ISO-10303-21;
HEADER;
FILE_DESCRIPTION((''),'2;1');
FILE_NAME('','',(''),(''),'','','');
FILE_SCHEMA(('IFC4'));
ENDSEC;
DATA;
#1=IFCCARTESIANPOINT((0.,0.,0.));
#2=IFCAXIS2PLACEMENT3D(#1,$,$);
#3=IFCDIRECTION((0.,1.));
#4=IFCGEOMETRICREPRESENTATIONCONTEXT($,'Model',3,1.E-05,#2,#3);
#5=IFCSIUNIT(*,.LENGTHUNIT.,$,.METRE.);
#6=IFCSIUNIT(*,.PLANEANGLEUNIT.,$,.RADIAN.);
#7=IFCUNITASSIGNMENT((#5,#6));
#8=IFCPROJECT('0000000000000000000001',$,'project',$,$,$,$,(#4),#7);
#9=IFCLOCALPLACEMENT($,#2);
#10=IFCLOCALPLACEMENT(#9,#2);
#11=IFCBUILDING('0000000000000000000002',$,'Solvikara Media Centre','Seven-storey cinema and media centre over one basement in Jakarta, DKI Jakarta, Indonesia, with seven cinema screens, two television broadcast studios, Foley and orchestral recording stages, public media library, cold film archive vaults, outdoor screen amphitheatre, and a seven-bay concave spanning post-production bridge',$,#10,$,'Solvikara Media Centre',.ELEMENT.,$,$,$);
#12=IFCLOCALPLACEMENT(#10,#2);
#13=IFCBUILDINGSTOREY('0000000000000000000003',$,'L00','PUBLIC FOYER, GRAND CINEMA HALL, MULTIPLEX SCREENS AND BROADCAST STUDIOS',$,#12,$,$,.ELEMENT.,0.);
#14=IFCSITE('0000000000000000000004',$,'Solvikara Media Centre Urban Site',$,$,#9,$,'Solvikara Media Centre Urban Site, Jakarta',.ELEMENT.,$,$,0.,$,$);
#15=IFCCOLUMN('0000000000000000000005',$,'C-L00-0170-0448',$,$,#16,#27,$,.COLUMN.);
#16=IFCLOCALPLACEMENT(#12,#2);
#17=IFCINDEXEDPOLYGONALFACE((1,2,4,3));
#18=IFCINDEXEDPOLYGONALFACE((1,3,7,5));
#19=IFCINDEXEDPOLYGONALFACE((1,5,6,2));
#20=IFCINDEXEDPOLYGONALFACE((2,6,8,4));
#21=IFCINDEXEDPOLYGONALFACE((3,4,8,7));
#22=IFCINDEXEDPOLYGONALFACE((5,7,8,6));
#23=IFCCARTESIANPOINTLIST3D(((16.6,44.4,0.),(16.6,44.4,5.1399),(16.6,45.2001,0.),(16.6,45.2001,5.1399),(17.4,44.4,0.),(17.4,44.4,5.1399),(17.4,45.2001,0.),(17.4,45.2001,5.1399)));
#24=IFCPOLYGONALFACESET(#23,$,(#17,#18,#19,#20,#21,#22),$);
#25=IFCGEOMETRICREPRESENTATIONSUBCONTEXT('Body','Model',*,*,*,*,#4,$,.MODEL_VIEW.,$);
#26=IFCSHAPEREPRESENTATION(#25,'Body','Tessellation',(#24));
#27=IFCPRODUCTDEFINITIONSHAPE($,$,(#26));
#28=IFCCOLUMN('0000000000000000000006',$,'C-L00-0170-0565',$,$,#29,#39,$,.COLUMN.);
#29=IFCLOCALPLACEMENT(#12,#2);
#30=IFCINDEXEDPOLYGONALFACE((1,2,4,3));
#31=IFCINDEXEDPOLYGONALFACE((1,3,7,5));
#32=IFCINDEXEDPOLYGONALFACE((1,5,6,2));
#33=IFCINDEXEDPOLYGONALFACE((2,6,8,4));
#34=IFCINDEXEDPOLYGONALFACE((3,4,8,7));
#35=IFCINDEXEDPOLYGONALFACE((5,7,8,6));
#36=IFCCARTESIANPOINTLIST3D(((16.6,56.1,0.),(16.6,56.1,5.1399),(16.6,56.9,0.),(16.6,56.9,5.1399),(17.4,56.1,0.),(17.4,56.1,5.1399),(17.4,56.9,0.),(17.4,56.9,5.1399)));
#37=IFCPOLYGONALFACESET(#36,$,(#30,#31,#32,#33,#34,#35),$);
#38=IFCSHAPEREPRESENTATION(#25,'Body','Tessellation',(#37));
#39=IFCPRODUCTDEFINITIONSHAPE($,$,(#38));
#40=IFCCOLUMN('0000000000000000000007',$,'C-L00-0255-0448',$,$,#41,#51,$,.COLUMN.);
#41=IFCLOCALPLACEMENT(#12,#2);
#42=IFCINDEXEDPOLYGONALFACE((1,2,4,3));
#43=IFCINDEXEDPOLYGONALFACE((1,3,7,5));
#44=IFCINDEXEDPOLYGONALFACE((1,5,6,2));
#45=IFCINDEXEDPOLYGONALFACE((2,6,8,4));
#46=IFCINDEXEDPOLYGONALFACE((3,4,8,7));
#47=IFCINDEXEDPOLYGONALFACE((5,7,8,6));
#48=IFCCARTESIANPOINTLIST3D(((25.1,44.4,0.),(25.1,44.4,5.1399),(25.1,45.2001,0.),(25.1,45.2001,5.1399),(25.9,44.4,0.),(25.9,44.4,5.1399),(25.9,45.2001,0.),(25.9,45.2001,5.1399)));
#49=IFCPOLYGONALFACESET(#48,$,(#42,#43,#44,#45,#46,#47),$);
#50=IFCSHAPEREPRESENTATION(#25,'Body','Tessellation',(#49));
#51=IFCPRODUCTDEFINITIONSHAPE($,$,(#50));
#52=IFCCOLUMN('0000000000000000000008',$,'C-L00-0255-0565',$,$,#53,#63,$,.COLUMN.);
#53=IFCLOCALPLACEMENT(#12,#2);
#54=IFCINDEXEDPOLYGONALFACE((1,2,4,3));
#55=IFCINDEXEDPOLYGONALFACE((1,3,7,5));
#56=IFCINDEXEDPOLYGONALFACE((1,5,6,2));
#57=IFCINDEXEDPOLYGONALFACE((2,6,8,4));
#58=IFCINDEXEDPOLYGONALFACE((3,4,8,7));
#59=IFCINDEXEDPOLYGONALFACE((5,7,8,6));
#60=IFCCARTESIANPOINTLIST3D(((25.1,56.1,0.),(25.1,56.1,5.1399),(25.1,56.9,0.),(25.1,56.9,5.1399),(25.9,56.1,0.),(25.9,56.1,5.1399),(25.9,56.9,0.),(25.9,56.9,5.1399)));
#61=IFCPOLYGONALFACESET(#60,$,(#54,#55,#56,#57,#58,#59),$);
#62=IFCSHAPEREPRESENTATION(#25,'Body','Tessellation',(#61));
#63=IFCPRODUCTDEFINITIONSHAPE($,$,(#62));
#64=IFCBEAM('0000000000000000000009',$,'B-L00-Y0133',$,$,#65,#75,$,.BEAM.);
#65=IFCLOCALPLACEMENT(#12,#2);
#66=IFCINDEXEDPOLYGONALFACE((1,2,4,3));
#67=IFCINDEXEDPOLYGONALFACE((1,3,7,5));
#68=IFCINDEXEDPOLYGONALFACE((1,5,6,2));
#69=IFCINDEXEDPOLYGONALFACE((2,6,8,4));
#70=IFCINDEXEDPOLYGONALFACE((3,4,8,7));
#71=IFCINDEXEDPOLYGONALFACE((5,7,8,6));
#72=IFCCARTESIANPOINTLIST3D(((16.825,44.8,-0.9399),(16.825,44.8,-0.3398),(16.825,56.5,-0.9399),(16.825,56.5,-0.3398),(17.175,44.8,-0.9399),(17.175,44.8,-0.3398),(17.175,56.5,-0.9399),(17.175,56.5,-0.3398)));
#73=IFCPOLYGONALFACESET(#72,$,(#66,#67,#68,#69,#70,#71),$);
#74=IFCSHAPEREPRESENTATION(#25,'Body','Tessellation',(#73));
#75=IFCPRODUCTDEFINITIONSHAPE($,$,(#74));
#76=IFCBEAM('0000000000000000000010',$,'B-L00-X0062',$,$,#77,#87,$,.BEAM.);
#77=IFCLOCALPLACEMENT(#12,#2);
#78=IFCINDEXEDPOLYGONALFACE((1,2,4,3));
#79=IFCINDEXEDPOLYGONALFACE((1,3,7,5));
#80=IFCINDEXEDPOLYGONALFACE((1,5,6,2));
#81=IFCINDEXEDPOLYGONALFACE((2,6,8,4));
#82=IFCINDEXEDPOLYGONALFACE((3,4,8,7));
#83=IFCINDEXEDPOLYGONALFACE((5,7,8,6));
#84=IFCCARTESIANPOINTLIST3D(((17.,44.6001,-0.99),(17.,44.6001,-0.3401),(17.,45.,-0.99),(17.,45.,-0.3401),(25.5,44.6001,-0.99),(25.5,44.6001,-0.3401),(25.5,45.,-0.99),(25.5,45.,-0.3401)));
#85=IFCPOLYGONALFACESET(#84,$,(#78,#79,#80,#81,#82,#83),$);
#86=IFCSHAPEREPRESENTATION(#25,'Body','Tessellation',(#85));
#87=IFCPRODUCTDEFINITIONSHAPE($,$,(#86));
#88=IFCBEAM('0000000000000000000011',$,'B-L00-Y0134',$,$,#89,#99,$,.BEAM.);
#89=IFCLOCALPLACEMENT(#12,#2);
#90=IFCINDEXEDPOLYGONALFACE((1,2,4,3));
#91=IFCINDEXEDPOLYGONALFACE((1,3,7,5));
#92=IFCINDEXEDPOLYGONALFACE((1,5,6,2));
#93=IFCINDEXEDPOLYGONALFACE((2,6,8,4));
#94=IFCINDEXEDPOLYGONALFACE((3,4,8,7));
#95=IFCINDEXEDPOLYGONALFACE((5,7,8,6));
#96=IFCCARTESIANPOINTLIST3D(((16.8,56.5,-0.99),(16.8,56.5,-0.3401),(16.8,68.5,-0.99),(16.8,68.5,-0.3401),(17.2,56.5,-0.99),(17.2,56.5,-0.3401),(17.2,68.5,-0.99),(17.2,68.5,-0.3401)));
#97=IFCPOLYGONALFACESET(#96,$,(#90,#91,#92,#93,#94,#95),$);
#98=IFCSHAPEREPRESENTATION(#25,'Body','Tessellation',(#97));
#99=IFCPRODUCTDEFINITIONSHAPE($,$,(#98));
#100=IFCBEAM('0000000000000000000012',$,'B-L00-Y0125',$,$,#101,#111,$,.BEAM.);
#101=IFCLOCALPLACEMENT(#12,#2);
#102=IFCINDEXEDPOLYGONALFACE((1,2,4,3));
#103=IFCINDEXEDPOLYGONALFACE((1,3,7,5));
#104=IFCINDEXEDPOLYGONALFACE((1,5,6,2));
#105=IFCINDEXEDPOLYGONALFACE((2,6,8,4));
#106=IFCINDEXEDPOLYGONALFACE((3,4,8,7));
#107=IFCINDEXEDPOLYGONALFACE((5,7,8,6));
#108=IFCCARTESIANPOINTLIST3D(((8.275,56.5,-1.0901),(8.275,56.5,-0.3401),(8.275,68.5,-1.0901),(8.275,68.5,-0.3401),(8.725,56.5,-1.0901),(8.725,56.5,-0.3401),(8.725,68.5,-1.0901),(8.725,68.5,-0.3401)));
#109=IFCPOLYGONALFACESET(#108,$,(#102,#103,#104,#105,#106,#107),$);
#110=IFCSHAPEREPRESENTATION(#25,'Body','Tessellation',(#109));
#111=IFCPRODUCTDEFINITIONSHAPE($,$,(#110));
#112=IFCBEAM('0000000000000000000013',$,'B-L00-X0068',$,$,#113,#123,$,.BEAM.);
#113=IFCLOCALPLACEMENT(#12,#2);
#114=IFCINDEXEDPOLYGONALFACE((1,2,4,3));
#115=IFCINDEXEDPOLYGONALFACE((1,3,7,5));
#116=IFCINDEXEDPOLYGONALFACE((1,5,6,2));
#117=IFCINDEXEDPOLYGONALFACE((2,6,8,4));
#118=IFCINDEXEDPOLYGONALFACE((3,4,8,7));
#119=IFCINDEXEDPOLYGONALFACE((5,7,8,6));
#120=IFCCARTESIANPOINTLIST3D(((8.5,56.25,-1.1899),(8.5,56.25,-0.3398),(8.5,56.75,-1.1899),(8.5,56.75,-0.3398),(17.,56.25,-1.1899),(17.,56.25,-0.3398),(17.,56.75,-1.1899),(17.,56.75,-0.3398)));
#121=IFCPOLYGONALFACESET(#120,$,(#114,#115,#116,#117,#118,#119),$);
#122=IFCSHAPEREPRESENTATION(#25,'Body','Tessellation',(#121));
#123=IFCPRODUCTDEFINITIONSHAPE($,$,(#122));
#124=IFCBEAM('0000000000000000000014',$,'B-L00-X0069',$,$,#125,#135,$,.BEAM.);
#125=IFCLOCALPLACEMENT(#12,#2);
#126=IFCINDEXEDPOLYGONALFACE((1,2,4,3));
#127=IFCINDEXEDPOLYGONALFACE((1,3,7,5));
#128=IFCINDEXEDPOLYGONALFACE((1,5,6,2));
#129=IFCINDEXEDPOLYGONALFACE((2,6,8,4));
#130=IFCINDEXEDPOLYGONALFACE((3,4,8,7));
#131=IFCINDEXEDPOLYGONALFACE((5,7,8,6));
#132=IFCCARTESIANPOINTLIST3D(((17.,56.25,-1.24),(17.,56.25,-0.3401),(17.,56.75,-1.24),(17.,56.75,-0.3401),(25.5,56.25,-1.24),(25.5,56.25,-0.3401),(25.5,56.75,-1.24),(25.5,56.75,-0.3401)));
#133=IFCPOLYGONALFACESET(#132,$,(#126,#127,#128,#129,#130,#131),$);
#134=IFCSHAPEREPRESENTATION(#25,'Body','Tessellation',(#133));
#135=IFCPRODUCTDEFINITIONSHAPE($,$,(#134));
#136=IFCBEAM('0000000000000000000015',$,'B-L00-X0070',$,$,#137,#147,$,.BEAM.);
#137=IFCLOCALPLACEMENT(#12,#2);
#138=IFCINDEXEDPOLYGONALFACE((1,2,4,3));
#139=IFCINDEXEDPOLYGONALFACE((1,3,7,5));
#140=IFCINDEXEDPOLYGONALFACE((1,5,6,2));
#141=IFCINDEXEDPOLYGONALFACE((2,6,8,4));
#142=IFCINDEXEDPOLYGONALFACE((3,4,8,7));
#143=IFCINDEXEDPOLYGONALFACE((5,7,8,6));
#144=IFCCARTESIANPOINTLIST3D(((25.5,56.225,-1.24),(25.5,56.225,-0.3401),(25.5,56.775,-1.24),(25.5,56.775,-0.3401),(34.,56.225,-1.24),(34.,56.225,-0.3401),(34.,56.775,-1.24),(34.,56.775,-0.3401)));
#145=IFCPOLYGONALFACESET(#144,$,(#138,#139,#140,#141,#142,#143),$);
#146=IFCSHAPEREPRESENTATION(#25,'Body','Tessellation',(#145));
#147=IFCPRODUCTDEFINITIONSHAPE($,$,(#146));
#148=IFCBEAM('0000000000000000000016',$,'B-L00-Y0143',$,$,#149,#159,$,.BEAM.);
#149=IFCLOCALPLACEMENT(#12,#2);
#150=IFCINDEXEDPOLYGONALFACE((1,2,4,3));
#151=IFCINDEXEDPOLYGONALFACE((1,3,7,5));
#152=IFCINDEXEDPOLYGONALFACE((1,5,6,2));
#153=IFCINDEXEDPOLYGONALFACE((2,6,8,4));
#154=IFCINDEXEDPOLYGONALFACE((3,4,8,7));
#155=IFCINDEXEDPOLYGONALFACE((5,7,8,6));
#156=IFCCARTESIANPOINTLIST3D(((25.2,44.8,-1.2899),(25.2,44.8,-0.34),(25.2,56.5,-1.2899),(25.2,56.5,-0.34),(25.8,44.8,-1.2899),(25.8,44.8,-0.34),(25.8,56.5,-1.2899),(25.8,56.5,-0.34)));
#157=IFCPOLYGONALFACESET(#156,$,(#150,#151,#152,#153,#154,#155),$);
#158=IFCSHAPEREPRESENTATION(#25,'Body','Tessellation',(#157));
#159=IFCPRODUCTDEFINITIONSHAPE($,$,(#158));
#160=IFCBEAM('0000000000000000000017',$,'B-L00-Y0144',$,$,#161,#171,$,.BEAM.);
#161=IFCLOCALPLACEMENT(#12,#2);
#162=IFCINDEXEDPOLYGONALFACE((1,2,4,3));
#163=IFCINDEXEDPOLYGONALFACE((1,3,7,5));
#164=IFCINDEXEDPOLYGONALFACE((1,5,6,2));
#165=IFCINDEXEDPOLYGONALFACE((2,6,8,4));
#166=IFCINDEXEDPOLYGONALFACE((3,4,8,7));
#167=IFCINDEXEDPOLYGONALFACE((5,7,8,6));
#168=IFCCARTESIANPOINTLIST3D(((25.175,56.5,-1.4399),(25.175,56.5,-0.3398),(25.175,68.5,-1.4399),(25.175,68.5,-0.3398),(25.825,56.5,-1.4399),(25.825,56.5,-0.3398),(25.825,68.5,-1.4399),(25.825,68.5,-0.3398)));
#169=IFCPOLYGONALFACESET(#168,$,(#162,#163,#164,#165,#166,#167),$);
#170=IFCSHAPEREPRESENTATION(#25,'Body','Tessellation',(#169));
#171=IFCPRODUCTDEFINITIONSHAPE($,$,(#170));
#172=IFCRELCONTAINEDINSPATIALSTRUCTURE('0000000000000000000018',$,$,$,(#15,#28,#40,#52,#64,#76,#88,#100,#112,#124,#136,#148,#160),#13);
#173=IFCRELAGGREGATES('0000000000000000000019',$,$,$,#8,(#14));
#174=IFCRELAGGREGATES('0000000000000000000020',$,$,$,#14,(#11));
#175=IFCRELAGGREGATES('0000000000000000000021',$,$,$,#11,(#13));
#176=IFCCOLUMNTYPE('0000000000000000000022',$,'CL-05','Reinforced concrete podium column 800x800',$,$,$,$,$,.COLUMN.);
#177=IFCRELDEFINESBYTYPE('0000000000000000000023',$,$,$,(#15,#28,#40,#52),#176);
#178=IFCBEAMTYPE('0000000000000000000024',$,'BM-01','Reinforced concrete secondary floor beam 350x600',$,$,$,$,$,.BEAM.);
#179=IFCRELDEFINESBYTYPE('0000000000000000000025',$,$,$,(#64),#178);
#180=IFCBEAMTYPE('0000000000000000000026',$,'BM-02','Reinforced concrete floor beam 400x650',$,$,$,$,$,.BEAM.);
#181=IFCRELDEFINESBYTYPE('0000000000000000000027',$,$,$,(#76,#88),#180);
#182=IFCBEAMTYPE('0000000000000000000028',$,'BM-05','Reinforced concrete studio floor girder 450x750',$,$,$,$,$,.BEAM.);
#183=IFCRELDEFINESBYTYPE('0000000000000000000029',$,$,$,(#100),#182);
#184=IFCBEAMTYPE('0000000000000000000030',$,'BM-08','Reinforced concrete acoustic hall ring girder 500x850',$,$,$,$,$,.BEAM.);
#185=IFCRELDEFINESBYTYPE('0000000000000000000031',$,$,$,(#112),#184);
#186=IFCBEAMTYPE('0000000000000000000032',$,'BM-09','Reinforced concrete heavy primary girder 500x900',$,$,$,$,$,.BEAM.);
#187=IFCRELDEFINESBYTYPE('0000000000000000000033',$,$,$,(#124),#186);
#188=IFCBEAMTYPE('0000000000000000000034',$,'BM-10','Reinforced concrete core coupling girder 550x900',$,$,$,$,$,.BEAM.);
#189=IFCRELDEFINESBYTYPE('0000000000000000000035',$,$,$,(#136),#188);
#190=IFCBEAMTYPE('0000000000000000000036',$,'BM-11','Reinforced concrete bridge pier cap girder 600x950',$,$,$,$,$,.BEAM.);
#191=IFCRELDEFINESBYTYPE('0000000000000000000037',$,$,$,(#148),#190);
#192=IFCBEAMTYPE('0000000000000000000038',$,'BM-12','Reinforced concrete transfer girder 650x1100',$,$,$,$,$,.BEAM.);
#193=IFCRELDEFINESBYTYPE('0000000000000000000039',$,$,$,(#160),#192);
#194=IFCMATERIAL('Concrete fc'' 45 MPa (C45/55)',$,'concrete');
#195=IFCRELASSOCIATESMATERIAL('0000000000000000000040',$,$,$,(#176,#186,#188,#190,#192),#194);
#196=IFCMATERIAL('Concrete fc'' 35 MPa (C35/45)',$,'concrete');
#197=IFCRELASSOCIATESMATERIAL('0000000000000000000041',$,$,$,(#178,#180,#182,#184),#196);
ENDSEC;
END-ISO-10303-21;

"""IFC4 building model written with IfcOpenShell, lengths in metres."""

from ifc_helpers import new_model, si_unit, direction, frame, origin, origin_2d, place, context, subcontext, project, spatial, rectangle, extrude, material, material_profile, profile_set, type_object, element, save


model = new_model("IFC4")

# Units and contexts
model_context = context("Model", 3, precision=1e-05, world=origin(), true_north=direction((0.0, 1.0)))
body_context = subcontext(model_context, "Body", "Model", "MODEL_VIEW")
ifc_project = project(units=[si_unit("LENGTHUNIT", "METRE"), si_unit("PLANEANGLEUNIT", "RADIAN")], contexts=[model_context])

# Site, building, storey
site_placement = place(None, origin())
site = spatial("IfcSite", under=ifc_project, at=site_placement, Name="Solvikara Media Centre Urban Site", LongName="Solvikara Media Centre Urban Site, Jakarta", CompositionType="ELEMENT", RefElevation=0.0)
building_placement = place(site_placement, origin())
building = spatial("IfcBuilding", under=site, at=building_placement, Name="Solvikara Media Centre", Description="Seven-storey cinema and media centre over one basement in Jakarta, DKI Jakarta, Indonesia, with seven cinema screens, two television broadcast studios, Foley and orchestral recording stages, public media library, cold film archive vaults, outdoor screen amphitheatre, and a seven-bay concave spanning post-production bridge", LongName="Solvikara Media Centre", CompositionType="ELEMENT")
storey_placement = place(building_placement, origin())
storey = spatial("IfcBuildingStorey", under=building, at=storey_placement, Name="L00", Description="PUBLIC FOYER, GRAND CINEMA HALL, MULTIPLEX SCREENS AND BROADCAST STUDIOS", CompositionType="ELEMENT", Elevation=0.0)

# Columns
ifc_material_1 = material(Name="Concrete fc' 45 MPa (C45/55)", Category="concrete")
ifc_material_profile_1 = material_profile(ifc_material_1, rectangle(XDim=0.8, YDim=0.8, at=origin_2d()), Name="RC 800x800")
ifc_profile_set_1 = profile_set([ifc_material_profile_1], Name="Concrete fc' 45 MPa (C45/55)")
column_type = type_object("IfcColumnType", Name="CL-05", Description="Reinforced concrete podium column 800x800", PredefinedType="COLUMN", material=ifc_profile_set_1)
for number, where, z_axis, x_axis, name in (
    (1, (17.0, 44.8, 0.0), (0.0, 0.0, 1.0), (1.0, 0.0, 0.0), "C-L00-0170-0448"),
    (2, (17.0, 56.5, 0.0), (0.0, 0.0, 1.0), (1.0, 0.0, 0.0), "C-L00-0170-0565"),
    (3, (25.5, 44.8, 0.0), (0.0, 0.0, 1.0), (1.0, 0.0, 0.0), "C-L00-0255-0448"),
    (4, (25.5, 56.5, 0.0), (0.0, 0.0, 1.0), (1.0, 0.0, 0.0), "C-L00-0255-0565"),
):
    element("IfcColumn", number, at=place(storey_placement, frame(where, z_axis=z_axis, x_axis=x_axis)), inside=storey, type_object=column_type, Name=name, PredefinedType="COLUMN", context=body_context, shape_type="SweptSolid", body=[
        extrude(rectangle(XDim=0.8, YDim=0.8, at=origin_2d()), origin(), (0.0, 0.0, 1.0), 5.1399),
    ])

# Beams
ifc_material_2 = material(Name="Concrete fc' 35 MPa (C35/45)", Category="concrete")
ifc_material_profile_2 = material_profile(ifc_material_2, rectangle(XDim=0.3501, YDim=0.6001, at=origin_2d()), Name="RC 350x600")
ifc_profile_set_2 = profile_set([ifc_material_profile_2], Name="Concrete fc' 35 MPa (C35/45)")
beam_type_1 = type_object("IfcBeamType", Name="BM-01", Description="Reinforced concrete secondary floor beam 350x600", PredefinedType="BEAM", material=ifc_profile_set_2)
beam_1_placement = place(storey_placement, frame((17.0, 44.8, -0.6399), z_axis=(0.0, 1.0, 0.0), x_axis=(-1.0, 0.0, 0.0)))
element("IfcBeam", 5, at=beam_1_placement, inside=storey, type_object=beam_type_1, Name="B-L00-Y0133", PredefinedType="BEAM", context=body_context, shape_type="SweptSolid", body=[
    extrude(rectangle(XDim=0.3501, YDim=0.6001, at=origin_2d()), origin(), (0.0, 0.0, 1.0), 11.7),
])
ifc_material_profile_3 = material_profile(ifc_material_2, rectangle(XDim=0.3999, YDim=0.6499, at=origin_2d()), Name="RC 400x650")
ifc_profile_set_3 = profile_set([ifc_material_profile_3], Name="Concrete fc' 35 MPa (C35/45)")
beam_type_2 = type_object("IfcBeamType", Name="BM-02", Description="Reinforced concrete floor beam 400x650", PredefinedType="BEAM", material=ifc_profile_set_3)
beam_2_placement = place(storey_placement, frame((17.0, 44.8, -0.665), z_axis=(1.0, 0.0, 0.0), x_axis=(0.0, 1.0, 0.0)))
element("IfcBeam", 6, at=beam_2_placement, inside=storey, type_object=beam_type_2, Name="B-L00-X0062", PredefinedType="BEAM", context=body_context, shape_type="SweptSolid", body=[
    extrude(rectangle(XDim=0.3999, YDim=0.6499, at=origin_2d()), origin(), (0.0, 0.0, 1.0), 8.5),
])
beam_3_placement = place(storey_placement, frame((17.0, 56.5, -0.665), z_axis=(0.0, 1.0, 0.0), x_axis=(-1.0, 0.0, 0.0)))
element("IfcBeam", 7, at=beam_3_placement, inside=storey, type_object=beam_type_2, Name="B-L00-Y0134", PredefinedType="BEAM", context=body_context, shape_type="SweptSolid", body=[
    extrude(rectangle(XDim=0.3999, YDim=0.6499, at=origin_2d()), origin(), (0.0, 0.0, 1.0), 12.0),
])
ifc_material_profile_4 = material_profile(ifc_material_2, rectangle(XDim=0.45, YDim=0.75, at=origin_2d()), Name="RC 450x750")
ifc_profile_set_4 = profile_set([ifc_material_profile_4], Name="Concrete fc' 35 MPa (C35/45)")
beam_type_3 = type_object("IfcBeamType", Name="BM-05", Description="Reinforced concrete studio floor girder 450x750", PredefinedType="BEAM", material=ifc_profile_set_4)
beam_4_placement = place(storey_placement, frame((8.5, 56.5, -0.7151), z_axis=(0.0, 1.0, 0.0), x_axis=(-1.0, 0.0, 0.0)))
element("IfcBeam", 8, at=beam_4_placement, inside=storey, type_object=beam_type_3, Name="B-L00-Y0125", PredefinedType="BEAM", context=body_context, shape_type="SweptSolid", body=[
    extrude(rectangle(XDim=0.45, YDim=0.75, at=origin_2d()), origin(), (0.0, 0.0, 1.0), 12.0),
])
ifc_material_profile_5 = material_profile(ifc_material_2, rectangle(XDim=0.5, YDim=0.8501, at=origin_2d()), Name="RC 500x850")
ifc_profile_set_5 = profile_set([ifc_material_profile_5], Name="Concrete fc' 35 MPa (C35/45)")
beam_type_4 = type_object("IfcBeamType", Name="BM-08", Description="Reinforced concrete acoustic hall ring girder 500x850", PredefinedType="BEAM", material=ifc_profile_set_5)
beam_5_placement = place(storey_placement, frame((8.5, 56.5, -0.7649), z_axis=(1.0, 0.0, 0.0), x_axis=(0.0, 1.0, 0.0)))
element("IfcBeam", 9, at=beam_5_placement, inside=storey, type_object=beam_type_4, Name="B-L00-X0068", PredefinedType="BEAM", context=body_context, shape_type="SweptSolid", body=[
    extrude(rectangle(XDim=0.5, YDim=0.8501, at=origin_2d()), origin(), (0.0, 0.0, 1.0), 8.5),
])
ifc_material_profile_6 = material_profile(ifc_material_1, rectangle(XDim=0.5, YDim=0.8999, at=origin_2d()), Name="RC 500x900")
ifc_profile_set_6 = profile_set([ifc_material_profile_6], Name="Concrete fc' 45 MPa (C45/55)")
beam_type_5 = type_object("IfcBeamType", Name="BM-09", Description="Reinforced concrete heavy primary girder 500x900", PredefinedType="BEAM", material=ifc_profile_set_6)
beam_6_placement = place(storey_placement, frame((17.0, 56.5, -0.79), z_axis=(1.0, 0.0, 0.0), x_axis=(0.0, 1.0, 0.0)))
element("IfcBeam", 10, at=beam_6_placement, inside=storey, type_object=beam_type_5, Name="B-L00-X0069", PredefinedType="BEAM", context=body_context, shape_type="SweptSolid", body=[
    extrude(rectangle(XDim=0.5, YDim=0.8999, at=origin_2d()), origin(), (0.0, 0.0, 1.0), 8.5),
])
ifc_material_profile_7 = material_profile(ifc_material_1, rectangle(XDim=0.55, YDim=0.8999, at=origin_2d()), Name="RC 550x900")
ifc_profile_set_7 = profile_set([ifc_material_profile_7], Name="Concrete fc' 45 MPa (C45/55)")
beam_type_6 = type_object("IfcBeamType", Name="BM-10", Description="Reinforced concrete core coupling girder 550x900", PredefinedType="BEAM", material=ifc_profile_set_7)
beam_7_placement = place(storey_placement, frame((25.5, 56.5, -0.79), z_axis=(1.0, 0.0, 0.0), x_axis=(0.0, 1.0, 0.0)))
element("IfcBeam", 11, at=beam_7_placement, inside=storey, type_object=beam_type_6, Name="B-L00-X0070", PredefinedType="BEAM", context=body_context, shape_type="SweptSolid", body=[
    extrude(rectangle(XDim=0.55, YDim=0.8999, at=origin_2d()), origin(), (0.0, 0.0, 1.0), 8.5),
])
ifc_material_profile_8 = material_profile(ifc_material_1, rectangle(XDim=0.6001, YDim=0.95, at=origin_2d()), Name="RC 600x950")
ifc_profile_set_8 = profile_set([ifc_material_profile_8], Name="Concrete fc' 45 MPa (C45/55)")
beam_type_7 = type_object("IfcBeamType", Name="BM-11", Description="Reinforced concrete bridge pier cap girder 600x950", PredefinedType="BEAM", material=ifc_profile_set_8)
beam_8_placement = place(storey_placement, frame((25.5, 44.8, -0.8149), z_axis=(0.0, 1.0, 0.0), x_axis=(-1.0, 0.0, 0.0)))
element("IfcBeam", 12, at=beam_8_placement, inside=storey, type_object=beam_type_7, Name="B-L00-Y0143", PredefinedType="BEAM", context=body_context, shape_type="SweptSolid", body=[
    extrude(rectangle(XDim=0.6001, YDim=0.95, at=origin_2d()), origin(), (0.0, 0.0, 1.0), 11.7),
])
ifc_material_profile_9 = material_profile(ifc_material_1, rectangle(XDim=0.6499, YDim=1.1001, at=origin_2d()), Name="RC 650x1100")
ifc_profile_set_9 = profile_set([ifc_material_profile_9], Name="Concrete fc' 45 MPa (C45/55)")
beam_type_8 = type_object("IfcBeamType", Name="BM-12", Description="Reinforced concrete transfer girder 650x1100", PredefinedType="BEAM", material=ifc_profile_set_9)
beam_9_placement = place(storey_placement, frame((25.5, 56.5, -0.8899), z_axis=(0.0, 1.0, 0.0), x_axis=(-1.0, 0.0, 0.0)))
element("IfcBeam", 13, at=beam_9_placement, inside=storey, type_object=beam_type_8, Name="B-L00-Y0144", PredefinedType="BEAM", context=body_context, shape_type="SweptSolid", body=[
    extrude(rectangle(XDim=0.6499, YDim=1.1001, at=origin_2d()), origin(), (0.0, 0.0, 1.0), 12.0),
])

save(model, "model.ifc")
